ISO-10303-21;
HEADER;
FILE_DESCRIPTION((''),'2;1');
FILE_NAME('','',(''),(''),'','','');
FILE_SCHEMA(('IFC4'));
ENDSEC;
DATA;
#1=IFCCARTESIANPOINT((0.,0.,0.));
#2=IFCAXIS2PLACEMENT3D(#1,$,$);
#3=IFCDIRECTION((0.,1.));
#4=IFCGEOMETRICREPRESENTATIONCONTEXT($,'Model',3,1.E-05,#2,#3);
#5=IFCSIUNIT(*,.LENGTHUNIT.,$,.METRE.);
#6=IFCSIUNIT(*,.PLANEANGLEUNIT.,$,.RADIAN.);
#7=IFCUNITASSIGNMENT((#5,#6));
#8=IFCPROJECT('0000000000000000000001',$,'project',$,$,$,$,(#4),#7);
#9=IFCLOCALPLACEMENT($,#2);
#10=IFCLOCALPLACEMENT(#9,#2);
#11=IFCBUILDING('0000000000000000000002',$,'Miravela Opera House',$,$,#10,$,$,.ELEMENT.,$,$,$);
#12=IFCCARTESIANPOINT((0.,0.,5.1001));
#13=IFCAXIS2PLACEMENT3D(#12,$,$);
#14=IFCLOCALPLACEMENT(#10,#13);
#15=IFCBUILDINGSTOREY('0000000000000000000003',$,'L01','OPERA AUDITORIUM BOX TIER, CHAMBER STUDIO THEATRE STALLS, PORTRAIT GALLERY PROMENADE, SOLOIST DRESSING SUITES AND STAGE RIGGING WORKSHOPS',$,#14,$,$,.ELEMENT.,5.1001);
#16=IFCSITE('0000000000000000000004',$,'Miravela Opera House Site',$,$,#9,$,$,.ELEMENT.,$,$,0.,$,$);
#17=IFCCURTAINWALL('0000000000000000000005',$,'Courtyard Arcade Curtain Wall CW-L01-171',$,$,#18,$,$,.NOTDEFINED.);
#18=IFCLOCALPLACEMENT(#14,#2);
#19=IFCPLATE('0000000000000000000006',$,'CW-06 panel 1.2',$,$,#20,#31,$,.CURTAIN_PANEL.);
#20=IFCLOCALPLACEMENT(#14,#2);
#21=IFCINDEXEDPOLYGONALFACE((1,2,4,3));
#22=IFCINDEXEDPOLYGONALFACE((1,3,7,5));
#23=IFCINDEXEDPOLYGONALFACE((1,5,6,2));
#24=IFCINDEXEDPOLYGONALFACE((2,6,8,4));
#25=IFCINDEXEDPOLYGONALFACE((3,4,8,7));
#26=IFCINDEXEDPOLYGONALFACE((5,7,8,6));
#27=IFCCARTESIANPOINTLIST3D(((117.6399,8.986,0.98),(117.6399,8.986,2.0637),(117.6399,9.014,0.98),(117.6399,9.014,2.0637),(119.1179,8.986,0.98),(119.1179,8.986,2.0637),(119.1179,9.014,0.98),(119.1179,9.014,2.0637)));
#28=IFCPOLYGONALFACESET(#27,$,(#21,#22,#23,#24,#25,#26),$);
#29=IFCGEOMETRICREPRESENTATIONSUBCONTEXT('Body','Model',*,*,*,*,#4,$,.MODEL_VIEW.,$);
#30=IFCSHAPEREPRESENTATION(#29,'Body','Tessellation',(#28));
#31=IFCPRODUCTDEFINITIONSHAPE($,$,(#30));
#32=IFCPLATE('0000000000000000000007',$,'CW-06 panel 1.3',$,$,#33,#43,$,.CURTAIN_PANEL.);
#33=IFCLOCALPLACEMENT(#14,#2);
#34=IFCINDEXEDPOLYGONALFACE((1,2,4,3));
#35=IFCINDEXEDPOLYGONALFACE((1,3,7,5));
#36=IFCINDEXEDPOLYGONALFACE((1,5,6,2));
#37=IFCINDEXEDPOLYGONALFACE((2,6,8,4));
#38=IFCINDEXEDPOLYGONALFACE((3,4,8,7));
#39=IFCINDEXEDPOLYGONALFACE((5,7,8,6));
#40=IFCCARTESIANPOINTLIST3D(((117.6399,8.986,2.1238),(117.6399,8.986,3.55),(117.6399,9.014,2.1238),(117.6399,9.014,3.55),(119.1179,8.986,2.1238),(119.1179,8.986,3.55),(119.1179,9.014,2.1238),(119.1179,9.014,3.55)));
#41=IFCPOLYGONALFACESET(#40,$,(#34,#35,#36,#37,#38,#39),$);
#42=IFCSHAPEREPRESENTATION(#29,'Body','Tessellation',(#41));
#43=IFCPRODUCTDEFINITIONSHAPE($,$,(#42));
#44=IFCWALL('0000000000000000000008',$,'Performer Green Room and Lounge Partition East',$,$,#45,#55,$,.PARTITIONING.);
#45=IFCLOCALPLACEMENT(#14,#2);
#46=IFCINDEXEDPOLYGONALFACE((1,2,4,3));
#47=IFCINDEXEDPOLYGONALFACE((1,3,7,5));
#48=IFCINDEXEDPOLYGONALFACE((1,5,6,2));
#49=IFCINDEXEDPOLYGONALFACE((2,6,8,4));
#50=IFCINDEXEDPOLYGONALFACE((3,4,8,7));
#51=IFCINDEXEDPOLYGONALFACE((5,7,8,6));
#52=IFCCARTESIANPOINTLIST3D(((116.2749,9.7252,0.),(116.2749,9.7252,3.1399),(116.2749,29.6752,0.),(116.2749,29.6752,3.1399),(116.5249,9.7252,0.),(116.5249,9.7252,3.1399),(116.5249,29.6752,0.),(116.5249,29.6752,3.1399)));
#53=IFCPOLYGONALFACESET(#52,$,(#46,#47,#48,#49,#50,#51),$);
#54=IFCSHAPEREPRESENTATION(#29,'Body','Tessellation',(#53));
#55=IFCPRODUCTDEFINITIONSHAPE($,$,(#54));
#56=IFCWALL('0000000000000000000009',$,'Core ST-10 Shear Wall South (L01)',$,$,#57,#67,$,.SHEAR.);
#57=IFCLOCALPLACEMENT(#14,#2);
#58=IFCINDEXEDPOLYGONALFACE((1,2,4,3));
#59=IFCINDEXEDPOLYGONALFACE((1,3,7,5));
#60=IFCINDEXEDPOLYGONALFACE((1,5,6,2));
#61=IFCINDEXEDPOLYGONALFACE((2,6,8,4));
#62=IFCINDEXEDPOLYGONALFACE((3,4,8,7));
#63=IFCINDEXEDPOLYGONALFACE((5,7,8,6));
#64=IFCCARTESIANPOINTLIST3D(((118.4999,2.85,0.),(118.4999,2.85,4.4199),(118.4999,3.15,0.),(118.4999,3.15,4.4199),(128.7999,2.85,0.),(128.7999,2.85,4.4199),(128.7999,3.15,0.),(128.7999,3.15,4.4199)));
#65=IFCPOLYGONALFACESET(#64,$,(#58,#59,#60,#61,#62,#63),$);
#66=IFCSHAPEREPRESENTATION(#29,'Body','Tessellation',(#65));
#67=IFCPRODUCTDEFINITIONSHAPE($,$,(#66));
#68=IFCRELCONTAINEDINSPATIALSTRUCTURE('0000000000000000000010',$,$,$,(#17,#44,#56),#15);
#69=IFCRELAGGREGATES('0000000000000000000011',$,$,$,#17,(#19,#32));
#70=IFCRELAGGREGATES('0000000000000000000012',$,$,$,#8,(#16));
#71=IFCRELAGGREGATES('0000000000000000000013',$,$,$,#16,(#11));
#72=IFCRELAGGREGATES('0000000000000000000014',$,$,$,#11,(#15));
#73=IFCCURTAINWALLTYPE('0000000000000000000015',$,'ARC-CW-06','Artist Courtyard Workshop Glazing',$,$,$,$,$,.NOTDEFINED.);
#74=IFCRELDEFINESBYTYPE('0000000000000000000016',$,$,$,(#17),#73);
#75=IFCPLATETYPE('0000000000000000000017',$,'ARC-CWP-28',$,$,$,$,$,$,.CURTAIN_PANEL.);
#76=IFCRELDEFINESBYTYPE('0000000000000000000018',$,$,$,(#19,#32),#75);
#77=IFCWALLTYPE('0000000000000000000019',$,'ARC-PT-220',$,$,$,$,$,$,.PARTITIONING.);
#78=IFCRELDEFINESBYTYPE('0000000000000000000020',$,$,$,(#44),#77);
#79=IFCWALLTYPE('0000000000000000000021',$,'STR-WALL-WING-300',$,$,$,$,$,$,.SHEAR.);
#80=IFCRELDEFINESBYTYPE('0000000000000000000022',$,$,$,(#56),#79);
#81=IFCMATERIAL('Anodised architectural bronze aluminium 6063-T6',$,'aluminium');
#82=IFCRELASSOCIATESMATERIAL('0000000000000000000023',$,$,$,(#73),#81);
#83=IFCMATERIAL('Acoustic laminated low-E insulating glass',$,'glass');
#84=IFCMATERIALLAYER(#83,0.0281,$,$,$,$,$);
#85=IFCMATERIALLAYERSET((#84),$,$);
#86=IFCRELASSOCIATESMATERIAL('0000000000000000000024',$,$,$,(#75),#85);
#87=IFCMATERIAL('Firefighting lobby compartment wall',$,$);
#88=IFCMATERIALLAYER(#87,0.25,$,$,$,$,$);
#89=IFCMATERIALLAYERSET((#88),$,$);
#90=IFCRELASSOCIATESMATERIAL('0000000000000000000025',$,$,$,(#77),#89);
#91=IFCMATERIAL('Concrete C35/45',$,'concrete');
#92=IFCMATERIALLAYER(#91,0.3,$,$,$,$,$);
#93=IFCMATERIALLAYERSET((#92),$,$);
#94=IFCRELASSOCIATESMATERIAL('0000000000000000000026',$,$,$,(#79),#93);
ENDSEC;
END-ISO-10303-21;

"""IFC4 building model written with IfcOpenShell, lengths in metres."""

from ifc_helpers import new_model, si_unit, direction, frame, frame_2d, origin, origin_2d, place, context, subcontext, project, spatial, rectangle, extrude, material, layer, layer_set, type_object, element, aggregate, save


model = new_model("IFC4")

# Units and contexts
model_context = context("Model", 3, precision=1e-05, world=origin(), true_north=direction((0.0, 1.0)))
body_context = subcontext(model_context, "Body", "Model", "MODEL_VIEW")
ifc_project = project(units=[si_unit("LENGTHUNIT", "METRE"), si_unit("PLANEANGLEUNIT", "RADIAN")], contexts=[model_context])

# Site, building, storey
site_placement = place(None, origin())
site = spatial("IfcSite", under=ifc_project, at=site_placement, Name="Miravela Opera House Site", CompositionType="ELEMENT", RefElevation=0.0)
building_placement = place(site_placement, origin())
building = spatial("IfcBuilding", under=site, at=building_placement, Name="Miravela Opera House", CompositionType="ELEMENT")
storey_placement = place(building_placement, frame((0.0, 0.0, 5.1001)))
storey = spatial("IfcBuildingStorey", under=building, at=storey_placement, Name="L01", Description="OPERA AUDITORIUM BOX TIER, CHAMBER STUDIO THEATRE STALLS, PORTRAIT GALLERY PROMENADE, SOLOIST DRESSING SUITES AND STAGE RIGGING WORKSHOPS", CompositionType="ELEMENT", Elevation=5.1001)

# Shared definitions
ifc_material_1 = material(Name="Concrete C35/45", Category="concrete")

# Curtain wall
ifc_material_2 = material(Name="Anodised architectural bronze aluminium 6063-T6", Category="aluminium")
curtain_wall_type = type_object("IfcCurtainWallType", Name="ARC-CW-06", Description="Artist Courtyard Workshop Glazing", PredefinedType="NOTDEFINED", material=ifc_material_2)
curtain_wall_placement = place(storey_placement, origin())
curtain_wall = element("IfcCurtainWall", 1, at=curtain_wall_placement, inside=storey, type_object=curtain_wall_type, Name="Courtyard Arcade Curtain Wall CW-L01-171", PredefinedType="NOTDEFINED")

# Plates
ifc_material_3 = material(Name="Acoustic laminated low-E insulating glass", Category="glass")
ifc_layer_1 = layer(ifc_material_3, 0.0281)
ifc_layer_set_1 = layer_set([ifc_layer_1])
plate_type = type_object("IfcPlateType", Name="ARC-CWP-28", PredefinedType="CURTAIN_PANEL", material=ifc_layer_set_1)
plate_1_placement = place(storey_placement, frame((118.3789, 9.0, 0.98), z_axis=(0.0, 0.0, 1.0), x_axis=(1.0, 0.0, 0.0)))
plate_1 = element("IfcPlate", 2, at=plate_1_placement, type_object=plate_type, Name="CW-06 panel 1.2", PredefinedType="CURTAIN_PANEL", context=body_context, shape_type="SweptSolid", body=[
    extrude(rectangle(XDim=1.478, YDim=0.0281, at=origin_2d()), origin(), (0.0, 0.0, 1.0), 1.0837),
])
plate_2_placement = place(storey_placement, frame((118.3789, 9.0, 2.1238), z_axis=(0.0, 0.0, 1.0), x_axis=(1.0, 0.0, 0.0)))
plate_2 = element("IfcPlate", 3, at=plate_2_placement, type_object=plate_type, Name="CW-06 panel 1.3", PredefinedType="CURTAIN_PANEL", context=body_context, shape_type="SweptSolid", body=[
    extrude(rectangle(XDim=1.478, YDim=0.0281, at=origin_2d()), origin(), (0.0, 0.0, 1.0), 1.4263),
])
aggregate(curtain_wall, [plate_1, plate_2])

# Walls
ifc_material_4 = material(Name="Firefighting lobby compartment wall")
ifc_layer_2 = layer(ifc_material_4, 0.25)
ifc_layer_set_2 = layer_set([ifc_layer_2])
wall_type_1 = type_object("IfcWallType", Name="ARC-PT-220", PredefinedType="PARTITIONING", material=ifc_layer_set_2)
wall_1_placement = place(storey_placement, frame((116.3999, 9.7251, 0.0), z_axis=(0.0, 0.0, 1.0), x_axis=(0.0, 1.0, 0.0)))
element("IfcWall", 4, at=wall_1_placement, inside=storey, type_object=wall_type_1, Name="Performer Green Room and Lounge Partition East", PredefinedType="PARTITIONING", context=body_context, shape_type="SweptSolid", body=[
    extrude(rectangle(XDim=19.95, YDim=0.25, at=frame_2d((9.9751, 0.0))), origin(), (0.0, 0.0, 1.0), 3.1399),
])
ifc_layer_3 = layer(ifc_material_1, 0.3)
ifc_layer_set_3 = layer_set([ifc_layer_3])
wall_type_2 = type_object("IfcWallType", Name="STR-WALL-WING-300", PredefinedType="SHEAR", material=ifc_layer_set_3)
wall_2_placement = place(storey_placement, frame((118.5, 3.0, 0.0), z_axis=(0.0, 0.0, 1.0), x_axis=(1.0, 0.0, 0.0)))
element("IfcWall", 5, at=wall_2_placement, inside=storey, type_object=wall_type_2, Name="Core ST-10 Shear Wall South (L01)", PredefinedType="SHEAR", context=body_context, shape_type="SweptSolid", body=[
    extrude(rectangle(XDim=10.3, YDim=0.3, at=frame_2d((5.1499, 0.0))), origin(), (0.0, 0.0, 1.0), 4.4199),
])

save(model, "model.ifc")
